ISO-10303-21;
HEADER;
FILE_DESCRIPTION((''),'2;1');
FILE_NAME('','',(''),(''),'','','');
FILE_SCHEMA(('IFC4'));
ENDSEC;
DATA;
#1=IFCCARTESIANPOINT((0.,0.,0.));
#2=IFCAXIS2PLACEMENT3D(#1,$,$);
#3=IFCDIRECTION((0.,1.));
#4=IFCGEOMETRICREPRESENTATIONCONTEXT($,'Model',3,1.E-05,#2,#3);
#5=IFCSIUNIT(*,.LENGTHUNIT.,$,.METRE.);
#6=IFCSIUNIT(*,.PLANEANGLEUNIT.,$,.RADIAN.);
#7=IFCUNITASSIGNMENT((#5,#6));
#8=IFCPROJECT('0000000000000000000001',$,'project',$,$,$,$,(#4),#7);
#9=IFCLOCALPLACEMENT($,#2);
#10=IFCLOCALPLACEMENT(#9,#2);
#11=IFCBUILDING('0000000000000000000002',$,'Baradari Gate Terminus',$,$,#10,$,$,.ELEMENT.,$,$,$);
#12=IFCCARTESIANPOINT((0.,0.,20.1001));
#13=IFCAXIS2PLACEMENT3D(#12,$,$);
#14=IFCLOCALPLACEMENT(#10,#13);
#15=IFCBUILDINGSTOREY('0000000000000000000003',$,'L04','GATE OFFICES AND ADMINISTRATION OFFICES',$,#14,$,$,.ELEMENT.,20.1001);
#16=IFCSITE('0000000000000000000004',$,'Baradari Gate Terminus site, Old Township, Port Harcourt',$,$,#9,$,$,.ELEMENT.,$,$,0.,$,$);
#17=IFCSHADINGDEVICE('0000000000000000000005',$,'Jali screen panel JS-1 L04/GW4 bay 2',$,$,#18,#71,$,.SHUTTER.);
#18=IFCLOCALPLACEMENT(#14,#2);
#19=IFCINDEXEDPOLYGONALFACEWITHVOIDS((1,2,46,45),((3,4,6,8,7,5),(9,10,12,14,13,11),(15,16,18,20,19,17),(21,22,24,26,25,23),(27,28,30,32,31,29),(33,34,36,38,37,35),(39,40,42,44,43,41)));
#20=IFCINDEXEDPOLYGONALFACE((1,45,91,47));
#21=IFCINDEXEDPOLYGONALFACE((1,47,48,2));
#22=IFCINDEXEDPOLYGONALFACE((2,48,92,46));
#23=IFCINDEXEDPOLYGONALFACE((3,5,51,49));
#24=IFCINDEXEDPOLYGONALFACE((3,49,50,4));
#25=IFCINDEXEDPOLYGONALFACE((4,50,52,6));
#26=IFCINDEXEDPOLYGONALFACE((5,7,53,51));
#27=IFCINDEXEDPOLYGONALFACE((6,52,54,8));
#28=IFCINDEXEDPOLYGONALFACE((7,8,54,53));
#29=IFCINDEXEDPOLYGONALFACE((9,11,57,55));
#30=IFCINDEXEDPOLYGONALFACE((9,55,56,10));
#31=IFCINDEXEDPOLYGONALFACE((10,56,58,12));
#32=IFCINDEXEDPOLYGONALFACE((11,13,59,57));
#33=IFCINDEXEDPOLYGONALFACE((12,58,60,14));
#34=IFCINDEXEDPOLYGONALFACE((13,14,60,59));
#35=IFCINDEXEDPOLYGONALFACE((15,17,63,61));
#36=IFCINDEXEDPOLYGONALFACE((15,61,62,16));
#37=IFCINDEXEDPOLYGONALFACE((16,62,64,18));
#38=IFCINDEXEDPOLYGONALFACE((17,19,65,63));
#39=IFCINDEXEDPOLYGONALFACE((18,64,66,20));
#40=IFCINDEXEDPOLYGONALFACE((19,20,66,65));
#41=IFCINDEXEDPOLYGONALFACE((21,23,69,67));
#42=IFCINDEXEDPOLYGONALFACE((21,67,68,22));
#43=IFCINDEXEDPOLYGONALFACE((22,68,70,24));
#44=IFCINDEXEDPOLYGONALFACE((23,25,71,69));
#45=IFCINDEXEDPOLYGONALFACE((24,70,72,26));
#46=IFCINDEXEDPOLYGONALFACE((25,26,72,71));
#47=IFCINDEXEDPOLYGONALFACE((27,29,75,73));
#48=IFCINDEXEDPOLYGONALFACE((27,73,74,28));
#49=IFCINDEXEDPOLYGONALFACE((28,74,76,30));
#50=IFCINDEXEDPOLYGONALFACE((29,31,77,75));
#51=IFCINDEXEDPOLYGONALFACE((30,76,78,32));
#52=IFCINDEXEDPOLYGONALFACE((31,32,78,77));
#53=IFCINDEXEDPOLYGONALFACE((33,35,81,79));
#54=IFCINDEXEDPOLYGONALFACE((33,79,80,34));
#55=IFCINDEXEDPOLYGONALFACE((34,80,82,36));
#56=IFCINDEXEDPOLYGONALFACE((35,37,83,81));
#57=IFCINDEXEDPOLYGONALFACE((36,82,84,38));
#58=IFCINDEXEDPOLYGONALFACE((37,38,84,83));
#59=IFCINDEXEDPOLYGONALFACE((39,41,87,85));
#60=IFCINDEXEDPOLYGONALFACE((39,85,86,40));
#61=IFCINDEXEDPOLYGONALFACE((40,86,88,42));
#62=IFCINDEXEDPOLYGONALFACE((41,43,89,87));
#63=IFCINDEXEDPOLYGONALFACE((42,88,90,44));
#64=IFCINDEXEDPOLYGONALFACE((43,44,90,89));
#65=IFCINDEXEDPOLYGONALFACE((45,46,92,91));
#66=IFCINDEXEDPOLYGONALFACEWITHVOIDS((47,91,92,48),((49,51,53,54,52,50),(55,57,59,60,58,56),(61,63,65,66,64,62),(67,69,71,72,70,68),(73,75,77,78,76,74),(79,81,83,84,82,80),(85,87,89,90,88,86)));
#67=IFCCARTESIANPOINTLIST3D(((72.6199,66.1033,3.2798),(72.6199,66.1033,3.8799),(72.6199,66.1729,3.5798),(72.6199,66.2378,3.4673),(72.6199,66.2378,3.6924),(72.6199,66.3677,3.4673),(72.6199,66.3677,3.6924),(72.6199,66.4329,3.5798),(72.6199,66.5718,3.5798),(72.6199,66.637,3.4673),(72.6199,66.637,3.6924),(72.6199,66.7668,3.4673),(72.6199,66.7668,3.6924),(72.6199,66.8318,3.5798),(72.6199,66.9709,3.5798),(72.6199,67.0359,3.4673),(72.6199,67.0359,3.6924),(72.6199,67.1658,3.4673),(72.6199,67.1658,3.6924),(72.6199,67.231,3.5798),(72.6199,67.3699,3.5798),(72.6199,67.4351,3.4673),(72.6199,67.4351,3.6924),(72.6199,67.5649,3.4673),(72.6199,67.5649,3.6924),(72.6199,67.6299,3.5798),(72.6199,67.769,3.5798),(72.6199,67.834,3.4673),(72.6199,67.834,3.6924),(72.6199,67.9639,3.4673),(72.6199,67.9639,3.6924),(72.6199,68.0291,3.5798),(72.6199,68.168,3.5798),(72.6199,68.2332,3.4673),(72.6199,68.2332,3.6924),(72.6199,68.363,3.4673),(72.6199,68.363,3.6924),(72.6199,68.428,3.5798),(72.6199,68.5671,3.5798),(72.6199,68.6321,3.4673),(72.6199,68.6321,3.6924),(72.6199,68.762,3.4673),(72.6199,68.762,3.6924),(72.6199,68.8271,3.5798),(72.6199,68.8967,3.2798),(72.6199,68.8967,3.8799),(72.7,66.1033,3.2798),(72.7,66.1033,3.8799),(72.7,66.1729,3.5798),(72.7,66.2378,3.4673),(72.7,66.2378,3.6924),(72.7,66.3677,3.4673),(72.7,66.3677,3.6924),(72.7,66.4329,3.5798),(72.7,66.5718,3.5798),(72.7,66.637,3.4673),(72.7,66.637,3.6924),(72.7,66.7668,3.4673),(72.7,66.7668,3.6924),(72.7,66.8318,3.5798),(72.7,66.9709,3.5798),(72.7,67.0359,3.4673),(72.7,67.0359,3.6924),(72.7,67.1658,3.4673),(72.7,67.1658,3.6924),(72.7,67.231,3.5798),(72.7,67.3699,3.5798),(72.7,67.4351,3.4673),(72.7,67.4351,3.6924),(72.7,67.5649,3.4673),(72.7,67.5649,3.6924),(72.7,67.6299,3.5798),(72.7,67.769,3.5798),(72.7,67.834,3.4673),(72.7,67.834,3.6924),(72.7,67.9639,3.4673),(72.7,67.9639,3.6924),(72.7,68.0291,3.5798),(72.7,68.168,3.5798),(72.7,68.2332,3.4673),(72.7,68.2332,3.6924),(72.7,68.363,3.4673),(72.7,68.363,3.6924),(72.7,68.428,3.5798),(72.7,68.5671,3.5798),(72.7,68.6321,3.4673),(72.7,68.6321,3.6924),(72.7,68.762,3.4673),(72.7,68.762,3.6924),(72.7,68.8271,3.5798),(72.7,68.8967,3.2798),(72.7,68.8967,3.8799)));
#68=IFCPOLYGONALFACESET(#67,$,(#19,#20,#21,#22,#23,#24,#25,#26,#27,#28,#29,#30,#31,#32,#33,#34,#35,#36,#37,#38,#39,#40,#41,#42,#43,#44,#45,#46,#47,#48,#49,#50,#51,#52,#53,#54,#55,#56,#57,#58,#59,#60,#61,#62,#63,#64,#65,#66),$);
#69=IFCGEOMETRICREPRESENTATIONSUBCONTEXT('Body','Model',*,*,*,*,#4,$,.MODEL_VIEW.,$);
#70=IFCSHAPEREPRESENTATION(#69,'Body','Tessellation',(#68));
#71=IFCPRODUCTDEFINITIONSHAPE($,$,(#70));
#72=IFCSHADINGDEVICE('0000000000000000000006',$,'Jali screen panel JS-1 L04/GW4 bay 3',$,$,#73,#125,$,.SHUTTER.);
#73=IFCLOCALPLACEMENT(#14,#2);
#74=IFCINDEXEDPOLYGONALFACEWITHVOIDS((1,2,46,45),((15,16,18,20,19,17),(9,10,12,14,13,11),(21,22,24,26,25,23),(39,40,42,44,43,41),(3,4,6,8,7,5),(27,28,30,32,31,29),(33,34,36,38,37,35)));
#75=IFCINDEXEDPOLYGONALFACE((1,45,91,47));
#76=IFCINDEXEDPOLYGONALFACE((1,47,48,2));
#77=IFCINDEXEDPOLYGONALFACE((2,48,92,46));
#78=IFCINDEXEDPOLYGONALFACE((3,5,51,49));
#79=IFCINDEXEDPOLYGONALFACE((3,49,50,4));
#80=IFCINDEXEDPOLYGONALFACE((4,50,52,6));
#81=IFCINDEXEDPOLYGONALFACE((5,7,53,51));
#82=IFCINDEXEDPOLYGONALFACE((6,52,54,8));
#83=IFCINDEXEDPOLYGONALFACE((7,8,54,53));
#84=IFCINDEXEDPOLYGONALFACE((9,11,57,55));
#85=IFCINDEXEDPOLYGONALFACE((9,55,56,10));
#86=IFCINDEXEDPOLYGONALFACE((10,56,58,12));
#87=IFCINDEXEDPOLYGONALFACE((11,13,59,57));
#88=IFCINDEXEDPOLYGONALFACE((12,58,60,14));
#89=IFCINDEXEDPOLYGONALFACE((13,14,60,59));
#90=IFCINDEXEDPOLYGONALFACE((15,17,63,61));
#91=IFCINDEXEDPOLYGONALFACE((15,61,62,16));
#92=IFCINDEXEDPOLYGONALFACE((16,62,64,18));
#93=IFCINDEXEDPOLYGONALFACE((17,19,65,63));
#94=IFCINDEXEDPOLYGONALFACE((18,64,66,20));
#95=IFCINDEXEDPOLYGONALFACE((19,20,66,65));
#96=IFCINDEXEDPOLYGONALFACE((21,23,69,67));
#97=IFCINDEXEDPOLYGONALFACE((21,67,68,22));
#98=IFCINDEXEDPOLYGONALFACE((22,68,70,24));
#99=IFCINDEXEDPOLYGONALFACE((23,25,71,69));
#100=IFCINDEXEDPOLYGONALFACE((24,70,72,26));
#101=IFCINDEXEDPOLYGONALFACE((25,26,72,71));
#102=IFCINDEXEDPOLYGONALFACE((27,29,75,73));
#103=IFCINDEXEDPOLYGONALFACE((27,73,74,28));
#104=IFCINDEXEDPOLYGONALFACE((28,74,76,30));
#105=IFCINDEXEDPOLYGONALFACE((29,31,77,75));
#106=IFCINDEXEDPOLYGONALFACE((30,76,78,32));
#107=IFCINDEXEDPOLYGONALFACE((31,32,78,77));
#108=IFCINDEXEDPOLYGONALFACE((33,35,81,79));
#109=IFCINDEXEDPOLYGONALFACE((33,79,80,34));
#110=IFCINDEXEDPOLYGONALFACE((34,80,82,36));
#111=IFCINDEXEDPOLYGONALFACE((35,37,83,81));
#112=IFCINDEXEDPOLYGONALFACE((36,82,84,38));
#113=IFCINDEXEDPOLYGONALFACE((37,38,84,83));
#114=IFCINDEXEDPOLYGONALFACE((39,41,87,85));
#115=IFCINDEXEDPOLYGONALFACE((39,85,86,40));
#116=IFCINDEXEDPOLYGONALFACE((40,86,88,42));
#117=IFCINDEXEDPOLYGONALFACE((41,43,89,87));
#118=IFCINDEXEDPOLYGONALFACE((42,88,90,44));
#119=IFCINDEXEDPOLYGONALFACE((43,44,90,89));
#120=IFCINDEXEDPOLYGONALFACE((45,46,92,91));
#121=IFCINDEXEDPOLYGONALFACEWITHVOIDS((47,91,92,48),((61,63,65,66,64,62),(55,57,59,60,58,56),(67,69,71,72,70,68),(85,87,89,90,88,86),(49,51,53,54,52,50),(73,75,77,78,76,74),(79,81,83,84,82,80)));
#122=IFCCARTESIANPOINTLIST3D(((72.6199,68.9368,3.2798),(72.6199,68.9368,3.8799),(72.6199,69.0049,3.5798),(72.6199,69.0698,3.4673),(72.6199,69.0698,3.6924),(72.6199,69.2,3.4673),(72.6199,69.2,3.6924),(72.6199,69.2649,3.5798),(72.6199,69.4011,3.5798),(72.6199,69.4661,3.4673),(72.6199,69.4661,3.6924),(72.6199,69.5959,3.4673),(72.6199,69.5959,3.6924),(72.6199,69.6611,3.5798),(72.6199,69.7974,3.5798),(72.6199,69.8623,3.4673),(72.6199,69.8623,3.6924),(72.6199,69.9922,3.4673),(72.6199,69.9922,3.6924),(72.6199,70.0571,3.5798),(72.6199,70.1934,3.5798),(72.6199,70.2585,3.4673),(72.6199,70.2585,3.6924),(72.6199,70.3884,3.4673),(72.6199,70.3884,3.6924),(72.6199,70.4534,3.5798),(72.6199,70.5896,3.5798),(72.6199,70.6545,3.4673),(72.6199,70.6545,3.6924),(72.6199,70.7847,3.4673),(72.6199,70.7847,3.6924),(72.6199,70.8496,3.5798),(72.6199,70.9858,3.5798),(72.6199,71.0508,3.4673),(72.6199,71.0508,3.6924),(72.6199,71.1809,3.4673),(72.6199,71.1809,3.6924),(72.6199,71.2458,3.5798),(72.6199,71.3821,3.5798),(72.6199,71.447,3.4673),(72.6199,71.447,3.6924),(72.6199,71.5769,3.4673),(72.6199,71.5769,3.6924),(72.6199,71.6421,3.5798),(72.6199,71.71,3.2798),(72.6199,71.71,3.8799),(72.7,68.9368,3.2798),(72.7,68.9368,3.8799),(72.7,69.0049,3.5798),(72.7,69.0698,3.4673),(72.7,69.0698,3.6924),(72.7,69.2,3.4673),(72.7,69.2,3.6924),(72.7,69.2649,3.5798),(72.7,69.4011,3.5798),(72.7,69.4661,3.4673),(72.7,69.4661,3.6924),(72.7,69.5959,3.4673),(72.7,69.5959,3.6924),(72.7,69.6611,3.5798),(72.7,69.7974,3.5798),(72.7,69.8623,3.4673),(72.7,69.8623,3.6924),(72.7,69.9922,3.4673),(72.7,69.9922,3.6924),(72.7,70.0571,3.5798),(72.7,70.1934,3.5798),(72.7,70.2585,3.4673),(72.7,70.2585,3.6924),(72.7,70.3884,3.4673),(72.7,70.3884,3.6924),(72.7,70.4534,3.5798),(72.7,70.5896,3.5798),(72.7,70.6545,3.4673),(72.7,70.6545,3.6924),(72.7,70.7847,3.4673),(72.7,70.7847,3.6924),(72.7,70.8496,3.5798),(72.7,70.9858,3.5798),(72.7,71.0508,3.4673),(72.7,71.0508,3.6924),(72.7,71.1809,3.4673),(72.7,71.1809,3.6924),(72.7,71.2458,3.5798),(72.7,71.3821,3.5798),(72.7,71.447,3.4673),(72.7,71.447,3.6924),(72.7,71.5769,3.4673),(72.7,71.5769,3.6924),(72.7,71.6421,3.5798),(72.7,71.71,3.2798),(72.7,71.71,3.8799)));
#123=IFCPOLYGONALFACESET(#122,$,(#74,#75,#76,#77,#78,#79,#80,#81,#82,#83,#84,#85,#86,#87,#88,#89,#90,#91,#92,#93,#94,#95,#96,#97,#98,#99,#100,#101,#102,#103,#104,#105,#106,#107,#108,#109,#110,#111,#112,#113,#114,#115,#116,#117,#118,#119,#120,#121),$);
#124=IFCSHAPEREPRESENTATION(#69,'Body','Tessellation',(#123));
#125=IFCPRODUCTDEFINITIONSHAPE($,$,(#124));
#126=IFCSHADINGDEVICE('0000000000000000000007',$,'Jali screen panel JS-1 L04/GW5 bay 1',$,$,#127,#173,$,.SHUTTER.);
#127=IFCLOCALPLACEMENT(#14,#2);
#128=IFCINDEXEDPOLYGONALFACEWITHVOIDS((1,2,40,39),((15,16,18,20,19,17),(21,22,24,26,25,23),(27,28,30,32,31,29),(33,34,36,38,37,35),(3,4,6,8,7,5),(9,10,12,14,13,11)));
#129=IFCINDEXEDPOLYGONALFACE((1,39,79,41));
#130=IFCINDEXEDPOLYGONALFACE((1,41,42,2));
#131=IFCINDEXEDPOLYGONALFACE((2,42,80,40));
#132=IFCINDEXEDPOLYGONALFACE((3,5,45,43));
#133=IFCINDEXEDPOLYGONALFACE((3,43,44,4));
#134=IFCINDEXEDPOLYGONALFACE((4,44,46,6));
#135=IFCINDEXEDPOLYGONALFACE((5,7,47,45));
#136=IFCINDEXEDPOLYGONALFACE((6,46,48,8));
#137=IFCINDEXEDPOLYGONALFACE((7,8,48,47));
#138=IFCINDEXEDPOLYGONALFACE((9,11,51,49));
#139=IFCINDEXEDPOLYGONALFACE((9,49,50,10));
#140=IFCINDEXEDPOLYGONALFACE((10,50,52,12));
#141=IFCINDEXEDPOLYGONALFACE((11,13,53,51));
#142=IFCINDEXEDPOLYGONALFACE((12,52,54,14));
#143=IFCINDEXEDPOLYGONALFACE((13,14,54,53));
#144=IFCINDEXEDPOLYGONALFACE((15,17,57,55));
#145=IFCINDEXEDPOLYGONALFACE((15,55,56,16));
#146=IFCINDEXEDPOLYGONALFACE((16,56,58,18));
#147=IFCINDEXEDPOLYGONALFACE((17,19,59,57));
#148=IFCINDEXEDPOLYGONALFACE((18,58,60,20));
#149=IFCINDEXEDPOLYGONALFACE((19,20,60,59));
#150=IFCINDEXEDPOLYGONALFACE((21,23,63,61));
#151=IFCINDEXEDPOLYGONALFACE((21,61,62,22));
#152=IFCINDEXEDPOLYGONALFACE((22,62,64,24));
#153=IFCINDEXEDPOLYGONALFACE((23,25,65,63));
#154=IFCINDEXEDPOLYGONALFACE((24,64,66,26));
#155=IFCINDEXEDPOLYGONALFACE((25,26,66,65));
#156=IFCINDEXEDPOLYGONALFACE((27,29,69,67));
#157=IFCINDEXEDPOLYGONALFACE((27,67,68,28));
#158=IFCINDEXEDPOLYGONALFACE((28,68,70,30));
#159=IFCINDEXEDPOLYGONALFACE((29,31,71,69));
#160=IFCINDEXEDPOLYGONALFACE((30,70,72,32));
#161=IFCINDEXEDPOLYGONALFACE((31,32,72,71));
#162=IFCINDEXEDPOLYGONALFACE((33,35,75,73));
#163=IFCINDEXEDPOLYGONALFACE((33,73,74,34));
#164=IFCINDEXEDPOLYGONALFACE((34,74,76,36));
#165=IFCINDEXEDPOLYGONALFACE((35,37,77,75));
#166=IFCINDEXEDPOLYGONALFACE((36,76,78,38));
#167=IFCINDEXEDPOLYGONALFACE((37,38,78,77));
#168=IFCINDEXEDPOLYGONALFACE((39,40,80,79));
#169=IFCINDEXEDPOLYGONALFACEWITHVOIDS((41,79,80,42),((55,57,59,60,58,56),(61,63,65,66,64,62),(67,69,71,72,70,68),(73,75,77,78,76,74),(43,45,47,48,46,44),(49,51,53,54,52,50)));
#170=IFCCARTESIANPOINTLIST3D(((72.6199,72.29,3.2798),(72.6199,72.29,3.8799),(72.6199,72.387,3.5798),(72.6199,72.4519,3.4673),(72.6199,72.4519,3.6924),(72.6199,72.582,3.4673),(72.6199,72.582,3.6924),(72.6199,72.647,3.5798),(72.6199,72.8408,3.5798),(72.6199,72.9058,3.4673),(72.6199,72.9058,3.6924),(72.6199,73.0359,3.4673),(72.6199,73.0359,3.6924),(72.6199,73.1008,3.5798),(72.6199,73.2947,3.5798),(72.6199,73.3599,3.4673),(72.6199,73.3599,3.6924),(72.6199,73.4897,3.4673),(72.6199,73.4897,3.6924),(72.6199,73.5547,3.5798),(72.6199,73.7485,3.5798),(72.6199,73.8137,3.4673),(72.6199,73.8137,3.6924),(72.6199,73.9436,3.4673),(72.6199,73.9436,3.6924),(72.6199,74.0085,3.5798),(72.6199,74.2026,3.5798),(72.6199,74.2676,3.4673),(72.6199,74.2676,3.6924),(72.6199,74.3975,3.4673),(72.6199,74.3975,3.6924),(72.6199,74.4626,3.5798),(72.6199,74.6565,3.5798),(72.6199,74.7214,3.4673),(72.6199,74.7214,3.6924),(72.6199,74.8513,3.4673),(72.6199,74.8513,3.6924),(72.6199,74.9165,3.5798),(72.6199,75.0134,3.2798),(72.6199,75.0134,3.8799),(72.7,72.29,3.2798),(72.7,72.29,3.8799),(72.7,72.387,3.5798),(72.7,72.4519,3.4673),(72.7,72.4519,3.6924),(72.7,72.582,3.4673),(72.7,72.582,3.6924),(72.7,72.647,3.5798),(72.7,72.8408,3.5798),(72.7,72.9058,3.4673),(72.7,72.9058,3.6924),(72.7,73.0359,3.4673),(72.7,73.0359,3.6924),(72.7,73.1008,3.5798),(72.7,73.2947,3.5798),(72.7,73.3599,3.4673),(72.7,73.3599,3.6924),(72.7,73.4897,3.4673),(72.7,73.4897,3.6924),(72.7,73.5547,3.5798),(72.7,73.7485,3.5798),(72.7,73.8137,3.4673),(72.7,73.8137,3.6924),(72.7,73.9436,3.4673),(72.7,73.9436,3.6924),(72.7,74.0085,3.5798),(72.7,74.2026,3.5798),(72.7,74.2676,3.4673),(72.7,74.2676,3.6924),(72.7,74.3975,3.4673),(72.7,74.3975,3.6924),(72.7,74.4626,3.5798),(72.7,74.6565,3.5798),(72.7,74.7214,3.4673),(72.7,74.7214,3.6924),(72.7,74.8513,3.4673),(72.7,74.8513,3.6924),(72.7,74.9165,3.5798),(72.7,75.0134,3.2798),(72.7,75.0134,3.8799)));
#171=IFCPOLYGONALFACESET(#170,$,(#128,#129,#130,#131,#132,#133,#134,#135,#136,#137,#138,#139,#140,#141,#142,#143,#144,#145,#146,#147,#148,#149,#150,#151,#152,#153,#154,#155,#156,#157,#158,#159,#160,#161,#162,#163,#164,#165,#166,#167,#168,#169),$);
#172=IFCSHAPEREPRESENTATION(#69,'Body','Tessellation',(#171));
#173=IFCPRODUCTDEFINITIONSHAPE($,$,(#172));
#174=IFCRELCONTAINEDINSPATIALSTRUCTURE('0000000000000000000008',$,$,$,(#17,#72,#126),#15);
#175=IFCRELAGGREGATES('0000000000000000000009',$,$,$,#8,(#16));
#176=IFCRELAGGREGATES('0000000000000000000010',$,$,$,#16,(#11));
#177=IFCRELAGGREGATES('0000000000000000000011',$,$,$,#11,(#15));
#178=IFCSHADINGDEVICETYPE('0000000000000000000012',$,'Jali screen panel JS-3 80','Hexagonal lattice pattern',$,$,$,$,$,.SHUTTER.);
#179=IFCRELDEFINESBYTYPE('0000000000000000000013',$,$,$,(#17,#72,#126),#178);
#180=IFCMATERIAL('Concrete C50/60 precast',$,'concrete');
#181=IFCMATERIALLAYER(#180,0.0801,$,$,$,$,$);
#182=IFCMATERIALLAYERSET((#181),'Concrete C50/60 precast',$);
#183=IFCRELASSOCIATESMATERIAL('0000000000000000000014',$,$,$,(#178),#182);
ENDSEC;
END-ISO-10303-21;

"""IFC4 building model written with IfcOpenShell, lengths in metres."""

from ifc_helpers import new_model, si_unit, direction, frame, origin, place, context, subcontext, project, spatial, polyline, outline, extrude, material, layer, layer_set, type_object, element, save


model = new_model("IFC4")

# Units and contexts
model_context = context("Model", 3, precision=1e-05, world=origin(), true_north=direction((0.0, 1.0)))
body_context = subcontext(model_context, "Body", "Model", "MODEL_VIEW")
ifc_project = project(units=[si_unit("LENGTHUNIT", "METRE"), si_unit("PLANEANGLEUNIT", "RADIAN")], contexts=[model_context])

# Site, building, storey
site_placement = place(None, origin())
site = spatial("IfcSite", under=ifc_project, at=site_placement, Name="Baradari Gate Terminus site, Old Township, Port Harcourt", CompositionType="ELEMENT", RefElevation=0.0)
building_placement = place(site_placement, origin())
building = spatial("IfcBuilding", under=site, at=building_placement, Name="Baradari Gate Terminus", CompositionType="ELEMENT")
storey_placement = place(building_placement, frame((0.0, 0.0, 20.1001)))
storey = spatial("IfcBuildingStorey", under=building, at=storey_placement, Name="L04", Description="GATE OFFICES AND ADMINISTRATION OFFICES", CompositionType="ELEMENT", Elevation=20.1001)

# Shading devices
ifc_material_1 = material(Name="Concrete C50/60 precast", Category="concrete")
ifc_layer = layer(ifc_material_1, 0.0801)
ifc_layer_set = layer_set([ifc_layer], Name="Concrete C50/60 precast")
shading_device_type = type_object("IfcShadingDeviceType", Name="Jali screen panel JS-3 80", Description="Hexagonal lattice pattern", PredefinedType="SHUTTER", material=ifc_layer_set)
shading_device_1_placement = place(storey_placement, frame((72.6599, 66.1033, 3.2798), z_axis=(0.0, 0.0, 1.0), x_axis=(0.0, 1.0, 0.0)))
element("IfcShadingDevice", 1, at=shading_device_1_placement, inside=storey, type_object=shading_device_type, Name="Jali screen panel JS-1 L04/GW4 bay 2", PredefinedType="SHUTTER", context=body_context, shape_type="SweptSolid", body=[
    extrude(outline(polyline([(0.0, 0.0), (2.7935, 0.0), (2.7935, 0.6001), (0.0, 0.6001), (0.0, 0.0)]), holes=[polyline([(0.3296, 0.3), (0.2644, 0.1875), (0.1345, 0.1875), (0.0696, 0.3), (0.1345, 0.4126), (0.2644, 0.4126), (0.3296, 0.3)]), polyline([(0.7285, 0.3), (0.6636, 0.1875), (0.5337, 0.1875), (0.4685, 0.3), (0.5337, 0.4126), (0.6636, 0.4126), (0.7285, 0.3)]), polyline([(1.1277, 0.3), (1.0625, 0.1875), (0.9326, 0.1875), (0.8677, 0.3), (0.9326, 0.4126), (1.0625, 0.4126), (1.1277, 0.3)]), polyline([(1.5266, 0.3), (1.4617, 0.1875), (1.3318, 0.1875), (1.2666, 0.3), (1.3318, 0.4126), (1.4617, 0.4126), (1.5266, 0.3)]), polyline([(1.9258, 0.3), (1.8606, 0.1875), (1.7307, 0.1875), (1.6658, 0.3), (1.7307, 0.4126), (1.8606, 0.4126), (1.9258, 0.3)]), polyline([(2.3247, 0.3), (2.2598, 0.1875), (2.1299, 0.1875), (2.0647, 0.3), (2.1299, 0.4126), (2.2598, 0.4126), (2.3247, 0.3)]), polyline([(2.7239, 0.3), (2.6587, 0.1875), (2.5288, 0.1875), (2.4639, 0.3), (2.5288, 0.4126), (2.6587, 0.4126), (2.7239, 0.3)])]), frame((0.0, 0.04, 0.0), z_axis=(0.0, -1.0, 0.0), x_axis=(1.0, 0.0, 0.0)), (0.0, 0.0, 1.0), 0.0801),
])
shading_device_2_placement = place(storey_placement, frame((72.6599, 68.9368, 3.2798), z_axis=(0.0, 0.0, 1.0), x_axis=(0.0, 1.0, 0.0)))
element("IfcShadingDevice", 2, at=shading_device_2_placement, inside=storey, type_object=shading_device_type, Name="Jali screen panel JS-1 L04/GW4 bay 3", PredefinedType="SHUTTER", context=body_context, shape_type="SweptSolid", body=[
    extrude(outline(polyline([(0.0, 0.0), (2.7732, 0.0), (2.7732, 0.6001), (0.0, 0.6001), (0.0, 0.0)]), holes=[polyline([(0.3281, 0.3), (0.2632, 0.1875), (0.1331, 0.1875), (0.0681, 0.3), (0.1331, 0.4126), (0.2632, 0.4126), (0.3281, 0.3)]), polyline([(0.7244, 0.3), (0.6592, 0.1875), (0.5293, 0.1875), (0.4644, 0.3), (0.5293, 0.4126), (0.6592, 0.4126), (0.7244, 0.3)]), polyline([(1.1204, 0.3), (1.0554, 0.1875), (0.9255, 0.1875), (0.8606, 0.3), (0.9255, 0.4126), (1.0554, 0.4126), (1.1204, 0.3)]), polyline([(1.5166, 0.3), (1.4517, 0.1875), (1.3218, 0.1875), (1.2566, 0.3), (1.3218, 0.4126), (1.4517, 0.4126), (1.5166, 0.3)]), polyline([(1.9128, 0.3), (1.8479, 0.1875), (1.7178, 0.1875), (1.6528, 0.3), (1.7178, 0.4126), (1.8479, 0.4126), (1.9128, 0.3)]), polyline([(2.3091, 0.3), (2.2441, 0.1875), (2.114, 0.1875), (2.0491, 0.3), (2.114, 0.4126), (2.2441, 0.4126), (2.3091, 0.3)]), polyline([(2.7053, 0.3), (2.6401, 0.1875), (2.5103, 0.1875), (2.4453, 0.3), (2.5103, 0.4126), (2.6401, 0.4126), (2.7053, 0.3)])]), frame((0.0, 0.04, 0.0), z_axis=(0.0, -1.0, 0.0), x_axis=(1.0, 0.0, 0.0)), (0.0, 0.0, 1.0), 0.0801),
])
shading_device_3_placement = place(storey_placement, frame((72.6599, 72.29, 3.2798), z_axis=(0.0, 0.0, 1.0), x_axis=(0.0, 1.0, 0.0)))
element("IfcShadingDevice", 3, at=shading_device_3_placement, inside=storey, type_object=shading_device_type, Name="Jali screen panel JS-1 L04/GW5 bay 1", PredefinedType="SHUTTER", context=body_context, shape_type="SweptSolid", body=[
    extrude(outline(polyline([(0.0, 0.0), (2.7234, 0.0), (2.7234, 0.6001), (0.0, 0.6001), (0.0, 0.0)]), holes=[polyline([(0.3569, 0.3), (0.292, 0.1875), (0.1619, 0.1875), (0.0969, 0.3), (0.1619, 0.4126), (0.292, 0.4126), (0.3569, 0.3)]), polyline([(0.8108, 0.3), (0.7458, 0.1875), (0.6157, 0.1875), (0.5508, 0.3), (0.6157, 0.4126), (0.7458, 0.4126), (0.8108, 0.3)]), polyline([(1.2646, 0.3), (1.1997, 0.1875), (1.0698, 0.1875), (1.0046, 0.3), (1.0698, 0.4126), (1.1997, 0.4126), (1.2646, 0.3)]), polyline([(1.7185, 0.3), (1.6536, 0.1875), (1.5237, 0.1875), (1.4585, 0.3), (1.5237, 0.4126), (1.6536, 0.4126), (1.7185, 0.3)]), polyline([(2.1726, 0.3), (2.1074, 0.1875), (1.9775, 0.1875), (1.9126, 0.3), (1.9775, 0.4126), (2.1074, 0.4126), (2.1726, 0.3)]), polyline([(2.6265, 0.3), (2.5613, 0.1875), (2.4314, 0.1875), (2.3665, 0.3), (2.4314, 0.4126), (2.5613, 0.4126), (2.6265, 0.3)])]), frame((0.0, 0.04, 0.0), z_axis=(0.0, -1.0, 0.0), x_axis=(1.0, 0.0, 0.0)), (0.0, 0.0, 1.0), 0.0801),
])

save(model, "model.ifc")
